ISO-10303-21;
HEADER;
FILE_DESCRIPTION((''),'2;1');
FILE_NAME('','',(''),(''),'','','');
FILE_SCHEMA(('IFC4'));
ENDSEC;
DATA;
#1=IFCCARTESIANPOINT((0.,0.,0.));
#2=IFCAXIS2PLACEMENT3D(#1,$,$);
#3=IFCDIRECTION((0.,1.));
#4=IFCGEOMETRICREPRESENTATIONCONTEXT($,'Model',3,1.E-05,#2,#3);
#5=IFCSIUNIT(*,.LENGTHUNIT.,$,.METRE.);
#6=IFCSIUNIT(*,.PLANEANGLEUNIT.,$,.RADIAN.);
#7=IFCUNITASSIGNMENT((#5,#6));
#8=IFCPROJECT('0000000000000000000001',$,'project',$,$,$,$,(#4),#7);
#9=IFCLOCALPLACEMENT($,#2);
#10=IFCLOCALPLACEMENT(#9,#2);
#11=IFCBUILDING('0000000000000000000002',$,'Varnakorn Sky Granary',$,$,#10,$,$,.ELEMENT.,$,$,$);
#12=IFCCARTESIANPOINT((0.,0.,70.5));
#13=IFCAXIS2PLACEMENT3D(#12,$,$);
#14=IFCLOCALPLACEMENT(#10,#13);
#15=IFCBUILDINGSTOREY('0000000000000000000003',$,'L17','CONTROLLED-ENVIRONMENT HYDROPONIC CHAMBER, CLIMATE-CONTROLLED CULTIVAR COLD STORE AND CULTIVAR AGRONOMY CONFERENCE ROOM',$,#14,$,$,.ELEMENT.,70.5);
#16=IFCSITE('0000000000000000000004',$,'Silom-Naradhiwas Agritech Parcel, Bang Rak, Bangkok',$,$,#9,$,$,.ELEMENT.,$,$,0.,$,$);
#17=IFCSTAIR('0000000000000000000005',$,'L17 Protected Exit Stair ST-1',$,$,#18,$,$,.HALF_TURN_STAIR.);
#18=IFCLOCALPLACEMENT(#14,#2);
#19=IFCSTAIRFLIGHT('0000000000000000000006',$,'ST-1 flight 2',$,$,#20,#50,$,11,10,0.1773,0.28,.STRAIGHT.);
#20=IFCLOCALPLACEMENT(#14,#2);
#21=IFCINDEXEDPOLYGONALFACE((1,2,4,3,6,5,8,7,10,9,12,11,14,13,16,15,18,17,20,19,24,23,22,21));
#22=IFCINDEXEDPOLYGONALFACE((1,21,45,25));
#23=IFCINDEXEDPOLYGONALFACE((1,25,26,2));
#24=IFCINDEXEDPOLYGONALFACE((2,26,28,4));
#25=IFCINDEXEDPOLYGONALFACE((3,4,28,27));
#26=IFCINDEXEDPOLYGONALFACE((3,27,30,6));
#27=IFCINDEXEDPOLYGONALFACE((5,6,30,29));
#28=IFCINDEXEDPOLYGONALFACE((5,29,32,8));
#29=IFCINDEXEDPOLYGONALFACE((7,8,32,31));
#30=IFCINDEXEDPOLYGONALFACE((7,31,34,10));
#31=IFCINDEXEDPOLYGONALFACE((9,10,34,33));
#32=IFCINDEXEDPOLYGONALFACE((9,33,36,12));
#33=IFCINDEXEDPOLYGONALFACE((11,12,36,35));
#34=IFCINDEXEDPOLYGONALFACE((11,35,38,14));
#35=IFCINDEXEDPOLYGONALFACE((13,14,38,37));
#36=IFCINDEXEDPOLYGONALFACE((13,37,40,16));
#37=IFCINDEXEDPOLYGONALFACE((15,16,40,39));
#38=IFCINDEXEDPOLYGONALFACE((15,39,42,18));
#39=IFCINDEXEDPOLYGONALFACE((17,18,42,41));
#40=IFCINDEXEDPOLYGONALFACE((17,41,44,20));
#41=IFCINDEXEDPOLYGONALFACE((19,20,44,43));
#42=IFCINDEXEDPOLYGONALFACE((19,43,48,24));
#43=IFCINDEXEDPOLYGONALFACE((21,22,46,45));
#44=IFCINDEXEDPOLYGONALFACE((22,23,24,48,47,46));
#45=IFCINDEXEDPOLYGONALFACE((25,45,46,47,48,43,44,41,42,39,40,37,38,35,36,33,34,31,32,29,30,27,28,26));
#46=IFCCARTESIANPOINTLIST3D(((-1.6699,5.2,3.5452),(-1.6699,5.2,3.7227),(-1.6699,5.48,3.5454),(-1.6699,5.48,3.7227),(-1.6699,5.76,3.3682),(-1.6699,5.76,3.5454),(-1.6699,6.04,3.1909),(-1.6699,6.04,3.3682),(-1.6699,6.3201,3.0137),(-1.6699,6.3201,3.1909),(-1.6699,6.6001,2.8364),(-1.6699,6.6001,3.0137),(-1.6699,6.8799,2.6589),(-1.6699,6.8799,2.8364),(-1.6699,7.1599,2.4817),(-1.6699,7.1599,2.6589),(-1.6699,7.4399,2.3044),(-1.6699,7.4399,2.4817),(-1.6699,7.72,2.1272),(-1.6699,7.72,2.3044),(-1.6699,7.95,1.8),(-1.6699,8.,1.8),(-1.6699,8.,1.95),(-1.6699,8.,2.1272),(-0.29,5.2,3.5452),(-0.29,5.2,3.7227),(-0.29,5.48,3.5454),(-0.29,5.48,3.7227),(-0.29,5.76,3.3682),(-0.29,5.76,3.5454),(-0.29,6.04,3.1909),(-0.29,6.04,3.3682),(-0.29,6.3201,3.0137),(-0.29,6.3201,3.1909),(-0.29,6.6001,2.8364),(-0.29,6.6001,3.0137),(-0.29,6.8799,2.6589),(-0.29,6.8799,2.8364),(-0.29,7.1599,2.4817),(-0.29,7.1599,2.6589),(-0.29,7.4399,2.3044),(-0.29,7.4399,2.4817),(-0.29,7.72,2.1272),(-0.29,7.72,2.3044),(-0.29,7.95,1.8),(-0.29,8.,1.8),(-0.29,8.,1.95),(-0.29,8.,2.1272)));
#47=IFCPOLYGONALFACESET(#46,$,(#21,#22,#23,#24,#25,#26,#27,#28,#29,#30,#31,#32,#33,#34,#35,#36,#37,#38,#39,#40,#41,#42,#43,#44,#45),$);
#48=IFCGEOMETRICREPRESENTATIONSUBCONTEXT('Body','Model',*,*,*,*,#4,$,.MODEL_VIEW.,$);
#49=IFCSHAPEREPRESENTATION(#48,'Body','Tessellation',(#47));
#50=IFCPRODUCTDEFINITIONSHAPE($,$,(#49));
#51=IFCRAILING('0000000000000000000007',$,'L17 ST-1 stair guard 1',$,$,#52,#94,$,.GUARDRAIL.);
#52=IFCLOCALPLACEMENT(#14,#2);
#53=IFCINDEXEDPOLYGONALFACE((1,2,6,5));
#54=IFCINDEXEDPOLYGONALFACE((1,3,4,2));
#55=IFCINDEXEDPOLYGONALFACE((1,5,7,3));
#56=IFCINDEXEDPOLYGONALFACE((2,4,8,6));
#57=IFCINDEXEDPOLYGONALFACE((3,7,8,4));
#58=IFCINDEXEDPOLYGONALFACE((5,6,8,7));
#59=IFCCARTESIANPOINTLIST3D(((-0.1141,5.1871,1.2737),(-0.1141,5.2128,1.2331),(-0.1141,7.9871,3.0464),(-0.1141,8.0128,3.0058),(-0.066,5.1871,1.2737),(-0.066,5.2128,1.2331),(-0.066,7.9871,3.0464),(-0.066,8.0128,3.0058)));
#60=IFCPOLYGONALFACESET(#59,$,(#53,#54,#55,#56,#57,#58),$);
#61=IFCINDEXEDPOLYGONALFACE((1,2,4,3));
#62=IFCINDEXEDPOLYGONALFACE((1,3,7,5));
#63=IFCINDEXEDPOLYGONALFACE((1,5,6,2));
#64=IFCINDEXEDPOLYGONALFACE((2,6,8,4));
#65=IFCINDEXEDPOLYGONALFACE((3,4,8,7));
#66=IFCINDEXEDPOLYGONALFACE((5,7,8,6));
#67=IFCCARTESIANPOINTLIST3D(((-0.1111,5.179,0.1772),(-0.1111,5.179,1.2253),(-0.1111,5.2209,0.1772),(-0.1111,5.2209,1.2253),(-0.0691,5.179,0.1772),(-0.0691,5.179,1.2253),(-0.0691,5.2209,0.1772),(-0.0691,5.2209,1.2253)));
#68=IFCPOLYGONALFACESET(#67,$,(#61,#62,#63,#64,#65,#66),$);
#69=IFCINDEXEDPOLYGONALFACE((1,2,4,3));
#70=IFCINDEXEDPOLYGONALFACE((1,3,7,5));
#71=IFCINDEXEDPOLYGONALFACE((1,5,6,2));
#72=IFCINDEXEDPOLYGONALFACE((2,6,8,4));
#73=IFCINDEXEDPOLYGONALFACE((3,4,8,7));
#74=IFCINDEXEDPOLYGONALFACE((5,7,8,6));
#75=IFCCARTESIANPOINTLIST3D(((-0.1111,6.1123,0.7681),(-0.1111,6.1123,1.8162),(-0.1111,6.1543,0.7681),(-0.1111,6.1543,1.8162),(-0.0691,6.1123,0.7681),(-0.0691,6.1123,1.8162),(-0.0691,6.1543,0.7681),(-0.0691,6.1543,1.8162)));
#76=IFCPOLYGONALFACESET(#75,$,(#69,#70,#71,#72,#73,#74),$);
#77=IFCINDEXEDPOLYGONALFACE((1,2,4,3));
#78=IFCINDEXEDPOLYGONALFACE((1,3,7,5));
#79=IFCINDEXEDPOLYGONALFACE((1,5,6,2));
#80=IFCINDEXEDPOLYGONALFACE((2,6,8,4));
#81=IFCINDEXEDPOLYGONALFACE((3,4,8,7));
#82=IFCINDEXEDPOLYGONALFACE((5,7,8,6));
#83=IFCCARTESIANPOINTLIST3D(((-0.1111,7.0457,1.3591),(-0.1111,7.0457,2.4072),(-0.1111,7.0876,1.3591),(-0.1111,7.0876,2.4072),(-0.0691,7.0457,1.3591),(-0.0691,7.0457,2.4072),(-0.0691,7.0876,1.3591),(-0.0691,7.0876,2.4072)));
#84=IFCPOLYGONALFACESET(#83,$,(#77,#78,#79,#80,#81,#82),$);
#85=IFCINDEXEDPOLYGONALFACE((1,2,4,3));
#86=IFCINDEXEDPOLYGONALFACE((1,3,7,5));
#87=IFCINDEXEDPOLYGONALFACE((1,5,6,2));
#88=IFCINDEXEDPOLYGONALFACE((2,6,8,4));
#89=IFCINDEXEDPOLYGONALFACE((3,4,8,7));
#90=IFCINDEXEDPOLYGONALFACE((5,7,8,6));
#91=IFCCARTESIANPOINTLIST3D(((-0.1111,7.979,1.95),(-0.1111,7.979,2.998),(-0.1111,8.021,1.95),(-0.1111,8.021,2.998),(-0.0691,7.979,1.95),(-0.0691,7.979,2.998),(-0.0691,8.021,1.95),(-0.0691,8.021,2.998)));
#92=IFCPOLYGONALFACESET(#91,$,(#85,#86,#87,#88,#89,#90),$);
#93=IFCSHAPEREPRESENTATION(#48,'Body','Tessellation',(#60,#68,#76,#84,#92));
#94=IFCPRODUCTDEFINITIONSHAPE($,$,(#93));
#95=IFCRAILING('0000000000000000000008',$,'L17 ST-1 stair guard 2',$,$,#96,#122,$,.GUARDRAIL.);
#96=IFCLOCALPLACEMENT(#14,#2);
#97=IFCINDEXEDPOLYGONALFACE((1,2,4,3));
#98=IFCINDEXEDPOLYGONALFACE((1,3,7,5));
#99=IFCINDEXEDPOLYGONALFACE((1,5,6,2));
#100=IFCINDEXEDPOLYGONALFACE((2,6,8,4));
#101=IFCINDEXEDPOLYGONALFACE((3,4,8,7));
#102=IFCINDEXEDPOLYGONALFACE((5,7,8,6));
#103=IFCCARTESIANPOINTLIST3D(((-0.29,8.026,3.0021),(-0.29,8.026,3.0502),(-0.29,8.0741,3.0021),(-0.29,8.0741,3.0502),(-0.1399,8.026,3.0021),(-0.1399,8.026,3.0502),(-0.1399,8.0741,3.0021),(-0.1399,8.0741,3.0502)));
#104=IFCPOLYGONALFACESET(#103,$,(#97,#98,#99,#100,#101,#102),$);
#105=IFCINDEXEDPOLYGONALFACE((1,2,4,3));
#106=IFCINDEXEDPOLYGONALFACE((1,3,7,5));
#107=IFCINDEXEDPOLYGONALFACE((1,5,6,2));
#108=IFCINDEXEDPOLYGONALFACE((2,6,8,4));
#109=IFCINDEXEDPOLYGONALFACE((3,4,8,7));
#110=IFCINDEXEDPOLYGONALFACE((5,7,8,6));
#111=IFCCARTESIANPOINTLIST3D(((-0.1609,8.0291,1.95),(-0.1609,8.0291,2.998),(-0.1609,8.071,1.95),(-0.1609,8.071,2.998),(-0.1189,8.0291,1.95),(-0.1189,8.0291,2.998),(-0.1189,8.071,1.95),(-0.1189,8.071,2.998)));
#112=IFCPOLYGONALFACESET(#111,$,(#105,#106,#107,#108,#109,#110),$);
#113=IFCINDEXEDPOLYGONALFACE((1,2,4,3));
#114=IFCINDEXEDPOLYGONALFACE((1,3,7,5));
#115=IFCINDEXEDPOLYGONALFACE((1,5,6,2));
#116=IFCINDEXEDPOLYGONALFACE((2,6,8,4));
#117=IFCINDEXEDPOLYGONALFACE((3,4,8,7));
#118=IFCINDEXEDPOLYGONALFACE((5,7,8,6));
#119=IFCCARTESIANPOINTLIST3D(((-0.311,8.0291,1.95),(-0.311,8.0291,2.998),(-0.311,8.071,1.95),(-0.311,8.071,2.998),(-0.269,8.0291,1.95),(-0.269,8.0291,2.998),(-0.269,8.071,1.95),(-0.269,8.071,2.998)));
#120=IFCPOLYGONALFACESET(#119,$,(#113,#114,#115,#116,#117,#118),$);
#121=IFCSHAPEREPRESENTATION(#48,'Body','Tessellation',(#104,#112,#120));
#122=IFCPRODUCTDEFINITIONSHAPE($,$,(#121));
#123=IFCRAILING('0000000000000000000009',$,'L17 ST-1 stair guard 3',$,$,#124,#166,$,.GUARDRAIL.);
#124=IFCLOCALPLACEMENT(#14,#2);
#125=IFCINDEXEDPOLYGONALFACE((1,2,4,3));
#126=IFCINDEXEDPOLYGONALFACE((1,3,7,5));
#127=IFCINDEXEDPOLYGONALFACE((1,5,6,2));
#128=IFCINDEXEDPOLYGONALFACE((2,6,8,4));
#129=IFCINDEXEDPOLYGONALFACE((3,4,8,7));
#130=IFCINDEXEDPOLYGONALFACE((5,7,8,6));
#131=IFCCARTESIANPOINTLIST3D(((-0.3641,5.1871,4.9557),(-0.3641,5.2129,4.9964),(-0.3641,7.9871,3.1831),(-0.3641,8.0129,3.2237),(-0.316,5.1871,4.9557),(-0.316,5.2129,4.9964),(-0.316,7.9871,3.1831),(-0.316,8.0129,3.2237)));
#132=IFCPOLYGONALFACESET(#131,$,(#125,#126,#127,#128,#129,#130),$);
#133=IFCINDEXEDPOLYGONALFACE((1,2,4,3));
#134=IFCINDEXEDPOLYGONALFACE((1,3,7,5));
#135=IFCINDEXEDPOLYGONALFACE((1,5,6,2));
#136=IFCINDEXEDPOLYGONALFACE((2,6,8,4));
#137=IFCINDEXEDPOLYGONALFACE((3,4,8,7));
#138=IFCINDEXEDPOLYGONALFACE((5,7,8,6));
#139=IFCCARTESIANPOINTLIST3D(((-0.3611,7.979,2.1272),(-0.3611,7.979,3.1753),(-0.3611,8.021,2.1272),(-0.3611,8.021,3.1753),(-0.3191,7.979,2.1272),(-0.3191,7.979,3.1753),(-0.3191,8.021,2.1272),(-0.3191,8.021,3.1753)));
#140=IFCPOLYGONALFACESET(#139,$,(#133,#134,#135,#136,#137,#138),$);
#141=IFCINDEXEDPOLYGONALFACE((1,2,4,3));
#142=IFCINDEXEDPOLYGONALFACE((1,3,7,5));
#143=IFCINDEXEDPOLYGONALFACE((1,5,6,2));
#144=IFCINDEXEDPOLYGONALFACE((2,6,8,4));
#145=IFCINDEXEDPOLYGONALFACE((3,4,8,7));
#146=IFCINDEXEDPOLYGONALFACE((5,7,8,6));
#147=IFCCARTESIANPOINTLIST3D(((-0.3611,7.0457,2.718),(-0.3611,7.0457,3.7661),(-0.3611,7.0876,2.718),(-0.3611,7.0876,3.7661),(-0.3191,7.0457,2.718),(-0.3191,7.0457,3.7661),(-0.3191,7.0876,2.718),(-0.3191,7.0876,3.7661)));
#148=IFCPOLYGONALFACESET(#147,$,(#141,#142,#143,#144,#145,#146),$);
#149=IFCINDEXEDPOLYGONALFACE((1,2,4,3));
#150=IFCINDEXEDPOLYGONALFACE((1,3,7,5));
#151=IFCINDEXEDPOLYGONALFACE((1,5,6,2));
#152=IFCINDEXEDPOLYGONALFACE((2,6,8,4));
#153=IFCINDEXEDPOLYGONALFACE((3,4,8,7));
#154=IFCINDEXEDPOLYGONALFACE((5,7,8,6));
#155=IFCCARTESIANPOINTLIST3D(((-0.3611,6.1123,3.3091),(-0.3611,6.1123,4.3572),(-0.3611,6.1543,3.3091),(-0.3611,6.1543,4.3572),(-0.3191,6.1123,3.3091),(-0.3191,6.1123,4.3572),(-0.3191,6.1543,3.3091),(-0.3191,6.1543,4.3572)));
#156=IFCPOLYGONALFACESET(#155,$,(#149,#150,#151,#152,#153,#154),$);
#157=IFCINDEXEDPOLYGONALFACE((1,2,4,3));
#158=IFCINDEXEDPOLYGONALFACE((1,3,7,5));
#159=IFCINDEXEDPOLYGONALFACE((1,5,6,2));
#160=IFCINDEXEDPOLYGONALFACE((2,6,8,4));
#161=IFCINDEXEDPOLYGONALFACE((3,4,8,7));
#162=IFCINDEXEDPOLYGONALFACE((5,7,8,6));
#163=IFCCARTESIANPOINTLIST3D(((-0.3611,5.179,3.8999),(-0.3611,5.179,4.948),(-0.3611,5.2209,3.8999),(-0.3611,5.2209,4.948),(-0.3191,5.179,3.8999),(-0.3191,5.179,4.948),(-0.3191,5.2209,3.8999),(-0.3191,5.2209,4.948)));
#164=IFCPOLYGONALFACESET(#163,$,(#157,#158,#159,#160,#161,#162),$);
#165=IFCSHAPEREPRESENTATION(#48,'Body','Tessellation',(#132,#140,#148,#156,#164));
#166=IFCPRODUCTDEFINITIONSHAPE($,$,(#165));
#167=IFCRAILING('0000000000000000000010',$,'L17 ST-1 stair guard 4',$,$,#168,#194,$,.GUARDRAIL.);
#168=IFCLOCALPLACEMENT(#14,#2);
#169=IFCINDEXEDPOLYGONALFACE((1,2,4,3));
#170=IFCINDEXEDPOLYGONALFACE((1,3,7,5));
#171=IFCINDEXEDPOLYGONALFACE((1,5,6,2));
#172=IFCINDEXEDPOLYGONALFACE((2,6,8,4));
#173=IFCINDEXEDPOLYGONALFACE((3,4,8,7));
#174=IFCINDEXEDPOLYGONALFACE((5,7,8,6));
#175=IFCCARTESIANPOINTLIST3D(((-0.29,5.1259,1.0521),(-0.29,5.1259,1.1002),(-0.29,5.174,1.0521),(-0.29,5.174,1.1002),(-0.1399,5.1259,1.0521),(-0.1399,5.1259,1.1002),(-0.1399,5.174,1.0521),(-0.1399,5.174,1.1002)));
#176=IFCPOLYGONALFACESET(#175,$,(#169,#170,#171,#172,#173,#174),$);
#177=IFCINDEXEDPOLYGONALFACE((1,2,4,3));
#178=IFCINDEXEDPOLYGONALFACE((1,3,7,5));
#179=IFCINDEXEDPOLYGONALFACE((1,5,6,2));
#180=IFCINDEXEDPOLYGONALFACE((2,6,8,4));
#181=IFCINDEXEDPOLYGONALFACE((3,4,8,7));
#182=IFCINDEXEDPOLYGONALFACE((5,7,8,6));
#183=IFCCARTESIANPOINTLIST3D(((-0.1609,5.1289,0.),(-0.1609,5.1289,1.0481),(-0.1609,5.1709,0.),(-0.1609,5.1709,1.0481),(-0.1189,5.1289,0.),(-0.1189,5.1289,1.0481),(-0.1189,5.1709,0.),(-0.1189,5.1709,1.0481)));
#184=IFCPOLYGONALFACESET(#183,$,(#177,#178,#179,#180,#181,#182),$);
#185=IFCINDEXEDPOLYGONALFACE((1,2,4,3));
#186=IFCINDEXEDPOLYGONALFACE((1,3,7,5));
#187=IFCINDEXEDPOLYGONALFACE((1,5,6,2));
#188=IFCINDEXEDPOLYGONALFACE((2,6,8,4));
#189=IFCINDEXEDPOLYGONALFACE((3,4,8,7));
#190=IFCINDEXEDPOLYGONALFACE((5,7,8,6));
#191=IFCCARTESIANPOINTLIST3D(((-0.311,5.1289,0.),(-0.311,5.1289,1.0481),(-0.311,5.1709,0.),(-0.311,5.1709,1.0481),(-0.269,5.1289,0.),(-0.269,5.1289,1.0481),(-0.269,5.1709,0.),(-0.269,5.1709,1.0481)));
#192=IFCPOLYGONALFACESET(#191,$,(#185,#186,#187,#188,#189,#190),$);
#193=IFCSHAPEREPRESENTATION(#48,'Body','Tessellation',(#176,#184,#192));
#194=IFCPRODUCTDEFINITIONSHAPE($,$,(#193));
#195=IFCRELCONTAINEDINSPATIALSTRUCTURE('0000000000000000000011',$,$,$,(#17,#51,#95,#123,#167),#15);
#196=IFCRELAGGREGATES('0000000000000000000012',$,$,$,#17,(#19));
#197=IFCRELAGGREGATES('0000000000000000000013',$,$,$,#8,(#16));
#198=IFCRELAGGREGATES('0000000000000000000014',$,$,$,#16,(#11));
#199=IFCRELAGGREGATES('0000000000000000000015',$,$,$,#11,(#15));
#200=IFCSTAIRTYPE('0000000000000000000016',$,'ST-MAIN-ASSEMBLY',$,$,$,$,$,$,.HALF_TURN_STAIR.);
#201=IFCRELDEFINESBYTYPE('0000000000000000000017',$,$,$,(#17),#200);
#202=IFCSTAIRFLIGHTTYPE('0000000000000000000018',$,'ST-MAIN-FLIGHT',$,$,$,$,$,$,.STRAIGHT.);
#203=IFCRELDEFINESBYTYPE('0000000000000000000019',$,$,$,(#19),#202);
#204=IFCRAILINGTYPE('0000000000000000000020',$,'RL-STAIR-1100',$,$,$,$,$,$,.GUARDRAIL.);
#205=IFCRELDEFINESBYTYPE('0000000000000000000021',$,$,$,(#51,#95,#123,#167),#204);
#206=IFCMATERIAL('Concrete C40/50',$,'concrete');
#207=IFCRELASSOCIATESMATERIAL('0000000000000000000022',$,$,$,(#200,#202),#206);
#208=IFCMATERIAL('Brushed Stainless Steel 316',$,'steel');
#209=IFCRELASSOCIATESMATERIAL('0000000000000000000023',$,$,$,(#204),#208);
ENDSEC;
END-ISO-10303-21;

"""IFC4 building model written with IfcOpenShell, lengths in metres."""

from ifc_helpers import new_model, si_unit, direction, frame, origin, origin_2d, place, context, subcontext, project, spatial, polyline, rectangle, outline, extrude, material, type_object, element, aggregate, save


model = new_model("IFC4")

# Units and contexts
model_context = context("Model", 3, precision=1e-05, world=origin(), true_north=direction((0.0, 1.0)))
body_context = subcontext(model_context, "Body", "Model", "MODEL_VIEW")
ifc_project = project(units=[si_unit("LENGTHUNIT", "METRE"), si_unit("PLANEANGLEUNIT", "RADIAN")], contexts=[model_context])

# Site, building, storey
site_placement = place(None, origin())
site = spatial("IfcSite", under=ifc_project, at=site_placement, Name="Silom-Naradhiwas Agritech Parcel, Bang Rak, Bangkok", CompositionType="ELEMENT", RefElevation=0.0)
building_placement = place(site_placement, origin())
building = spatial("IfcBuilding", under=site, at=building_placement, Name="Varnakorn Sky Granary", CompositionType="ELEMENT")
storey_placement = place(building_placement, frame((0.0, 0.0, 70.5)))
storey = spatial("IfcBuildingStorey", under=building, at=storey_placement, Name="L17", Description="CONTROLLED-ENVIRONMENT HYDROPONIC CHAMBER, CLIMATE-CONTROLLED CULTIVAR COLD STORE AND CULTIVAR AGRONOMY CONFERENCE ROOM", CompositionType="ELEMENT", Elevation=70.5)

# Stair, stair flight
ifc_material_1 = material(Name="Concrete C40/50", Category="concrete")
stair_type = type_object("IfcStairType", Name="ST-MAIN-ASSEMBLY", PredefinedType="HALF_TURN_STAIR", material=ifc_material_1)
stair_placement = place(storey_placement, origin())
stair = element("IfcStair", 1, at=stair_placement, inside=storey, type_object=stair_type, Name="L17 Protected Exit Stair ST-1", PredefinedType="HALF_TURN_STAIR")
stair_flight_type = type_object("IfcStairFlightType", Name="ST-MAIN-FLIGHT", PredefinedType="STRAIGHT", material=ifc_material_1)
stair_flight_1_placement = place(storey_placement, frame((-0.98, 8.0, 1.95), z_axis=(0.0, 0.0, 1.0), x_axis=(0.0, -1.0, 0.0)))
stair_flight_1 = element("IfcStairFlight", 2, at=stair_flight_1_placement, type_object=stair_flight_type, Name="ST-1 flight 2", NumberOfRisers=11, NumberOfTreads=10, PredefinedType="STRAIGHT", RiserHeight=0.1773, TreadLength=0.28, context=body_context, shape_type="SweptSolid", body=[
    extrude(outline(polyline([(0.0, -0.1499), (0.0, 0.0), (0.0, 0.1772), (0.28, 0.1772), (0.28, 0.3545), (0.5601, 0.3545), (0.5601, 0.5317), (0.8401, 0.5317), (0.8401, 0.709), (1.1201, 0.709), (1.1201, 0.8865), (1.3999, 0.8865), (1.3999, 1.0637), (1.6799, 1.0637), (1.6799, 1.241), (1.96, 1.241), (1.96, 1.4182), (2.24, 1.4182), (2.24, 1.5955), (2.52, 1.5955), (2.52, 1.7727), (2.8, 1.7727), (2.8, 1.95), (2.8, 1.5952), (0.05, -0.1499), (0.0, -0.1499)])), frame((0.0, 0.6899, 0.0), z_axis=(0.0, -1.0, 0.0), x_axis=(1.0, 0.0, 0.0)), (0.0, 0.0, 1.0), 1.3799),
])
aggregate(stair, [stair_flight_1])

# Railings
ifc_material_2 = material(Name="Brushed Stainless Steel 316", Category="steel")
railing_type_1 = type_object("IfcRailingType", Name="RL-STAIR-1100", PredefinedType="GUARDRAIL", material=ifc_material_2)
railing_1_placement = place(storey_placement, frame((-0.0901, 5.2, 0.1772)))
element("IfcRailing", 3, at=railing_1_placement, inside=storey, type_object=railing_type_1, Name="L17 ST-1 stair guard 1", PredefinedType="GUARDRAIL", context=body_context, shape_type="SweptSolid", body=[
    extrude(rectangle(XDim=0.0481, YDim=0.0481, at=origin_2d()), frame((0.0, 0.0, 1.0762), z_axis=(0.0, 0.844909, 0.53491), x_axis=(-1.0, 0.0, 0.0)), (0.0, 0.0, 1.0), 3.314),
    extrude(rectangle(XDim=0.042, YDim=0.042, at=origin_2d()), origin(), (0.0, 0.0, 1.0), 1.0481),
    extrude(rectangle(XDim=0.042, YDim=0.042, at=origin_2d()), frame((0.0, 0.9333, 0.5908)), (0.0, 0.0, 1.0), 1.0481),
    extrude(rectangle(XDim=0.042, YDim=0.042, at=origin_2d()), frame((0.0, 1.8667, 1.1819)), (0.0, 0.0, 1.0), 1.0481),
    extrude(rectangle(XDim=0.042, YDim=0.042, at=origin_2d()), frame((0.0, 2.8, 1.7727)), (0.0, 0.0, 1.0), 1.0481),
])
railing_2_placement = place(storey_placement, frame((-0.1399, 8.05, 1.95)))
element("IfcRailing", 4, at=railing_2_placement, inside=storey, type_object=railing_type_1, Name="L17 ST-1 stair guard 2", PredefinedType="GUARDRAIL", context=body_context, shape_type="SweptSolid", body=[
    extrude(rectangle(XDim=0.0481, YDim=0.0481, at=origin_2d()), frame((0.0, 0.0, 1.0762), z_axis=(-1.0, 0.0, 0.0), x_axis=(0.0, -1.0, 0.0)), (0.0, 0.0, 1.0), 0.1501),
    extrude(rectangle(XDim=0.042, YDim=0.042, at=origin_2d()), origin(), (0.0, 0.0, 1.0), 1.0481),
    extrude(rectangle(XDim=0.042, YDim=0.042, at=origin_2d()), frame((-0.1501, 0.0, 0.0)), (0.0, 0.0, 1.0), 1.0481),
])
railing_3_placement = place(storey_placement, frame((-0.3401, 8.0, 2.1272)))
element("IfcRailing", 5, at=railing_3_placement, inside=storey, type_object=railing_type_1, Name="L17 ST-1 stair guard 3", PredefinedType="GUARDRAIL", context=body_context, shape_type="SweptSolid", body=[
    extrude(rectangle(XDim=0.0481, YDim=0.0481, at=origin_2d()), frame((0.0, 0.0, 1.0762), z_axis=(0.0, -0.844909, 0.53491), x_axis=(1.0, 0.0, 0.0)), (0.0, 0.0, 1.0), 3.314),
    extrude(rectangle(XDim=0.042, YDim=0.042, at=origin_2d()), origin(), (0.0, 0.0, 1.0), 1.0481),
    extrude(rectangle(XDim=0.042, YDim=0.042, at=origin_2d()), frame((0.0, -0.9333, 0.5908)), (0.0, 0.0, 1.0), 1.0481),
    extrude(rectangle(XDim=0.042, YDim=0.042, at=origin_2d()), frame((0.0, -1.8667, 1.1819)), (0.0, 0.0, 1.0), 1.0481),
    extrude(rectangle(XDim=0.042, YDim=0.042, at=origin_2d()), frame((0.0, -2.8, 1.7727)), (0.0, 0.0, 1.0), 1.0481),
])
railing_4_placement = place(storey_placement, frame((-0.1399, 5.1499, 0.0)))
element("IfcRailing", 6, at=railing_4_placement, inside=storey, type_object=railing_type_1, Name="L17 ST-1 stair guard 4", PredefinedType="GUARDRAIL", context=body_context, shape_type="SweptSolid", body=[
    extrude(rectangle(XDim=0.0481, YDim=0.0481, at=origin_2d()), frame((0.0, 0.0, 1.0762), z_axis=(-1.0, 0.0, 0.0), x_axis=(0.0, -1.0, 0.0)), (0.0, 0.0, 1.0), 0.1501),
    extrude(rectangle(XDim=0.042, YDim=0.042, at=origin_2d()), origin(), (0.0, 0.0, 1.0), 1.0481),
    extrude(rectangle(XDim=0.042, YDim=0.042, at=origin_2d()), frame((-0.1501, 0.0, 0.0)), (0.0, 0.0, 1.0), 1.0481),
])

save(model, "model.ifc")
